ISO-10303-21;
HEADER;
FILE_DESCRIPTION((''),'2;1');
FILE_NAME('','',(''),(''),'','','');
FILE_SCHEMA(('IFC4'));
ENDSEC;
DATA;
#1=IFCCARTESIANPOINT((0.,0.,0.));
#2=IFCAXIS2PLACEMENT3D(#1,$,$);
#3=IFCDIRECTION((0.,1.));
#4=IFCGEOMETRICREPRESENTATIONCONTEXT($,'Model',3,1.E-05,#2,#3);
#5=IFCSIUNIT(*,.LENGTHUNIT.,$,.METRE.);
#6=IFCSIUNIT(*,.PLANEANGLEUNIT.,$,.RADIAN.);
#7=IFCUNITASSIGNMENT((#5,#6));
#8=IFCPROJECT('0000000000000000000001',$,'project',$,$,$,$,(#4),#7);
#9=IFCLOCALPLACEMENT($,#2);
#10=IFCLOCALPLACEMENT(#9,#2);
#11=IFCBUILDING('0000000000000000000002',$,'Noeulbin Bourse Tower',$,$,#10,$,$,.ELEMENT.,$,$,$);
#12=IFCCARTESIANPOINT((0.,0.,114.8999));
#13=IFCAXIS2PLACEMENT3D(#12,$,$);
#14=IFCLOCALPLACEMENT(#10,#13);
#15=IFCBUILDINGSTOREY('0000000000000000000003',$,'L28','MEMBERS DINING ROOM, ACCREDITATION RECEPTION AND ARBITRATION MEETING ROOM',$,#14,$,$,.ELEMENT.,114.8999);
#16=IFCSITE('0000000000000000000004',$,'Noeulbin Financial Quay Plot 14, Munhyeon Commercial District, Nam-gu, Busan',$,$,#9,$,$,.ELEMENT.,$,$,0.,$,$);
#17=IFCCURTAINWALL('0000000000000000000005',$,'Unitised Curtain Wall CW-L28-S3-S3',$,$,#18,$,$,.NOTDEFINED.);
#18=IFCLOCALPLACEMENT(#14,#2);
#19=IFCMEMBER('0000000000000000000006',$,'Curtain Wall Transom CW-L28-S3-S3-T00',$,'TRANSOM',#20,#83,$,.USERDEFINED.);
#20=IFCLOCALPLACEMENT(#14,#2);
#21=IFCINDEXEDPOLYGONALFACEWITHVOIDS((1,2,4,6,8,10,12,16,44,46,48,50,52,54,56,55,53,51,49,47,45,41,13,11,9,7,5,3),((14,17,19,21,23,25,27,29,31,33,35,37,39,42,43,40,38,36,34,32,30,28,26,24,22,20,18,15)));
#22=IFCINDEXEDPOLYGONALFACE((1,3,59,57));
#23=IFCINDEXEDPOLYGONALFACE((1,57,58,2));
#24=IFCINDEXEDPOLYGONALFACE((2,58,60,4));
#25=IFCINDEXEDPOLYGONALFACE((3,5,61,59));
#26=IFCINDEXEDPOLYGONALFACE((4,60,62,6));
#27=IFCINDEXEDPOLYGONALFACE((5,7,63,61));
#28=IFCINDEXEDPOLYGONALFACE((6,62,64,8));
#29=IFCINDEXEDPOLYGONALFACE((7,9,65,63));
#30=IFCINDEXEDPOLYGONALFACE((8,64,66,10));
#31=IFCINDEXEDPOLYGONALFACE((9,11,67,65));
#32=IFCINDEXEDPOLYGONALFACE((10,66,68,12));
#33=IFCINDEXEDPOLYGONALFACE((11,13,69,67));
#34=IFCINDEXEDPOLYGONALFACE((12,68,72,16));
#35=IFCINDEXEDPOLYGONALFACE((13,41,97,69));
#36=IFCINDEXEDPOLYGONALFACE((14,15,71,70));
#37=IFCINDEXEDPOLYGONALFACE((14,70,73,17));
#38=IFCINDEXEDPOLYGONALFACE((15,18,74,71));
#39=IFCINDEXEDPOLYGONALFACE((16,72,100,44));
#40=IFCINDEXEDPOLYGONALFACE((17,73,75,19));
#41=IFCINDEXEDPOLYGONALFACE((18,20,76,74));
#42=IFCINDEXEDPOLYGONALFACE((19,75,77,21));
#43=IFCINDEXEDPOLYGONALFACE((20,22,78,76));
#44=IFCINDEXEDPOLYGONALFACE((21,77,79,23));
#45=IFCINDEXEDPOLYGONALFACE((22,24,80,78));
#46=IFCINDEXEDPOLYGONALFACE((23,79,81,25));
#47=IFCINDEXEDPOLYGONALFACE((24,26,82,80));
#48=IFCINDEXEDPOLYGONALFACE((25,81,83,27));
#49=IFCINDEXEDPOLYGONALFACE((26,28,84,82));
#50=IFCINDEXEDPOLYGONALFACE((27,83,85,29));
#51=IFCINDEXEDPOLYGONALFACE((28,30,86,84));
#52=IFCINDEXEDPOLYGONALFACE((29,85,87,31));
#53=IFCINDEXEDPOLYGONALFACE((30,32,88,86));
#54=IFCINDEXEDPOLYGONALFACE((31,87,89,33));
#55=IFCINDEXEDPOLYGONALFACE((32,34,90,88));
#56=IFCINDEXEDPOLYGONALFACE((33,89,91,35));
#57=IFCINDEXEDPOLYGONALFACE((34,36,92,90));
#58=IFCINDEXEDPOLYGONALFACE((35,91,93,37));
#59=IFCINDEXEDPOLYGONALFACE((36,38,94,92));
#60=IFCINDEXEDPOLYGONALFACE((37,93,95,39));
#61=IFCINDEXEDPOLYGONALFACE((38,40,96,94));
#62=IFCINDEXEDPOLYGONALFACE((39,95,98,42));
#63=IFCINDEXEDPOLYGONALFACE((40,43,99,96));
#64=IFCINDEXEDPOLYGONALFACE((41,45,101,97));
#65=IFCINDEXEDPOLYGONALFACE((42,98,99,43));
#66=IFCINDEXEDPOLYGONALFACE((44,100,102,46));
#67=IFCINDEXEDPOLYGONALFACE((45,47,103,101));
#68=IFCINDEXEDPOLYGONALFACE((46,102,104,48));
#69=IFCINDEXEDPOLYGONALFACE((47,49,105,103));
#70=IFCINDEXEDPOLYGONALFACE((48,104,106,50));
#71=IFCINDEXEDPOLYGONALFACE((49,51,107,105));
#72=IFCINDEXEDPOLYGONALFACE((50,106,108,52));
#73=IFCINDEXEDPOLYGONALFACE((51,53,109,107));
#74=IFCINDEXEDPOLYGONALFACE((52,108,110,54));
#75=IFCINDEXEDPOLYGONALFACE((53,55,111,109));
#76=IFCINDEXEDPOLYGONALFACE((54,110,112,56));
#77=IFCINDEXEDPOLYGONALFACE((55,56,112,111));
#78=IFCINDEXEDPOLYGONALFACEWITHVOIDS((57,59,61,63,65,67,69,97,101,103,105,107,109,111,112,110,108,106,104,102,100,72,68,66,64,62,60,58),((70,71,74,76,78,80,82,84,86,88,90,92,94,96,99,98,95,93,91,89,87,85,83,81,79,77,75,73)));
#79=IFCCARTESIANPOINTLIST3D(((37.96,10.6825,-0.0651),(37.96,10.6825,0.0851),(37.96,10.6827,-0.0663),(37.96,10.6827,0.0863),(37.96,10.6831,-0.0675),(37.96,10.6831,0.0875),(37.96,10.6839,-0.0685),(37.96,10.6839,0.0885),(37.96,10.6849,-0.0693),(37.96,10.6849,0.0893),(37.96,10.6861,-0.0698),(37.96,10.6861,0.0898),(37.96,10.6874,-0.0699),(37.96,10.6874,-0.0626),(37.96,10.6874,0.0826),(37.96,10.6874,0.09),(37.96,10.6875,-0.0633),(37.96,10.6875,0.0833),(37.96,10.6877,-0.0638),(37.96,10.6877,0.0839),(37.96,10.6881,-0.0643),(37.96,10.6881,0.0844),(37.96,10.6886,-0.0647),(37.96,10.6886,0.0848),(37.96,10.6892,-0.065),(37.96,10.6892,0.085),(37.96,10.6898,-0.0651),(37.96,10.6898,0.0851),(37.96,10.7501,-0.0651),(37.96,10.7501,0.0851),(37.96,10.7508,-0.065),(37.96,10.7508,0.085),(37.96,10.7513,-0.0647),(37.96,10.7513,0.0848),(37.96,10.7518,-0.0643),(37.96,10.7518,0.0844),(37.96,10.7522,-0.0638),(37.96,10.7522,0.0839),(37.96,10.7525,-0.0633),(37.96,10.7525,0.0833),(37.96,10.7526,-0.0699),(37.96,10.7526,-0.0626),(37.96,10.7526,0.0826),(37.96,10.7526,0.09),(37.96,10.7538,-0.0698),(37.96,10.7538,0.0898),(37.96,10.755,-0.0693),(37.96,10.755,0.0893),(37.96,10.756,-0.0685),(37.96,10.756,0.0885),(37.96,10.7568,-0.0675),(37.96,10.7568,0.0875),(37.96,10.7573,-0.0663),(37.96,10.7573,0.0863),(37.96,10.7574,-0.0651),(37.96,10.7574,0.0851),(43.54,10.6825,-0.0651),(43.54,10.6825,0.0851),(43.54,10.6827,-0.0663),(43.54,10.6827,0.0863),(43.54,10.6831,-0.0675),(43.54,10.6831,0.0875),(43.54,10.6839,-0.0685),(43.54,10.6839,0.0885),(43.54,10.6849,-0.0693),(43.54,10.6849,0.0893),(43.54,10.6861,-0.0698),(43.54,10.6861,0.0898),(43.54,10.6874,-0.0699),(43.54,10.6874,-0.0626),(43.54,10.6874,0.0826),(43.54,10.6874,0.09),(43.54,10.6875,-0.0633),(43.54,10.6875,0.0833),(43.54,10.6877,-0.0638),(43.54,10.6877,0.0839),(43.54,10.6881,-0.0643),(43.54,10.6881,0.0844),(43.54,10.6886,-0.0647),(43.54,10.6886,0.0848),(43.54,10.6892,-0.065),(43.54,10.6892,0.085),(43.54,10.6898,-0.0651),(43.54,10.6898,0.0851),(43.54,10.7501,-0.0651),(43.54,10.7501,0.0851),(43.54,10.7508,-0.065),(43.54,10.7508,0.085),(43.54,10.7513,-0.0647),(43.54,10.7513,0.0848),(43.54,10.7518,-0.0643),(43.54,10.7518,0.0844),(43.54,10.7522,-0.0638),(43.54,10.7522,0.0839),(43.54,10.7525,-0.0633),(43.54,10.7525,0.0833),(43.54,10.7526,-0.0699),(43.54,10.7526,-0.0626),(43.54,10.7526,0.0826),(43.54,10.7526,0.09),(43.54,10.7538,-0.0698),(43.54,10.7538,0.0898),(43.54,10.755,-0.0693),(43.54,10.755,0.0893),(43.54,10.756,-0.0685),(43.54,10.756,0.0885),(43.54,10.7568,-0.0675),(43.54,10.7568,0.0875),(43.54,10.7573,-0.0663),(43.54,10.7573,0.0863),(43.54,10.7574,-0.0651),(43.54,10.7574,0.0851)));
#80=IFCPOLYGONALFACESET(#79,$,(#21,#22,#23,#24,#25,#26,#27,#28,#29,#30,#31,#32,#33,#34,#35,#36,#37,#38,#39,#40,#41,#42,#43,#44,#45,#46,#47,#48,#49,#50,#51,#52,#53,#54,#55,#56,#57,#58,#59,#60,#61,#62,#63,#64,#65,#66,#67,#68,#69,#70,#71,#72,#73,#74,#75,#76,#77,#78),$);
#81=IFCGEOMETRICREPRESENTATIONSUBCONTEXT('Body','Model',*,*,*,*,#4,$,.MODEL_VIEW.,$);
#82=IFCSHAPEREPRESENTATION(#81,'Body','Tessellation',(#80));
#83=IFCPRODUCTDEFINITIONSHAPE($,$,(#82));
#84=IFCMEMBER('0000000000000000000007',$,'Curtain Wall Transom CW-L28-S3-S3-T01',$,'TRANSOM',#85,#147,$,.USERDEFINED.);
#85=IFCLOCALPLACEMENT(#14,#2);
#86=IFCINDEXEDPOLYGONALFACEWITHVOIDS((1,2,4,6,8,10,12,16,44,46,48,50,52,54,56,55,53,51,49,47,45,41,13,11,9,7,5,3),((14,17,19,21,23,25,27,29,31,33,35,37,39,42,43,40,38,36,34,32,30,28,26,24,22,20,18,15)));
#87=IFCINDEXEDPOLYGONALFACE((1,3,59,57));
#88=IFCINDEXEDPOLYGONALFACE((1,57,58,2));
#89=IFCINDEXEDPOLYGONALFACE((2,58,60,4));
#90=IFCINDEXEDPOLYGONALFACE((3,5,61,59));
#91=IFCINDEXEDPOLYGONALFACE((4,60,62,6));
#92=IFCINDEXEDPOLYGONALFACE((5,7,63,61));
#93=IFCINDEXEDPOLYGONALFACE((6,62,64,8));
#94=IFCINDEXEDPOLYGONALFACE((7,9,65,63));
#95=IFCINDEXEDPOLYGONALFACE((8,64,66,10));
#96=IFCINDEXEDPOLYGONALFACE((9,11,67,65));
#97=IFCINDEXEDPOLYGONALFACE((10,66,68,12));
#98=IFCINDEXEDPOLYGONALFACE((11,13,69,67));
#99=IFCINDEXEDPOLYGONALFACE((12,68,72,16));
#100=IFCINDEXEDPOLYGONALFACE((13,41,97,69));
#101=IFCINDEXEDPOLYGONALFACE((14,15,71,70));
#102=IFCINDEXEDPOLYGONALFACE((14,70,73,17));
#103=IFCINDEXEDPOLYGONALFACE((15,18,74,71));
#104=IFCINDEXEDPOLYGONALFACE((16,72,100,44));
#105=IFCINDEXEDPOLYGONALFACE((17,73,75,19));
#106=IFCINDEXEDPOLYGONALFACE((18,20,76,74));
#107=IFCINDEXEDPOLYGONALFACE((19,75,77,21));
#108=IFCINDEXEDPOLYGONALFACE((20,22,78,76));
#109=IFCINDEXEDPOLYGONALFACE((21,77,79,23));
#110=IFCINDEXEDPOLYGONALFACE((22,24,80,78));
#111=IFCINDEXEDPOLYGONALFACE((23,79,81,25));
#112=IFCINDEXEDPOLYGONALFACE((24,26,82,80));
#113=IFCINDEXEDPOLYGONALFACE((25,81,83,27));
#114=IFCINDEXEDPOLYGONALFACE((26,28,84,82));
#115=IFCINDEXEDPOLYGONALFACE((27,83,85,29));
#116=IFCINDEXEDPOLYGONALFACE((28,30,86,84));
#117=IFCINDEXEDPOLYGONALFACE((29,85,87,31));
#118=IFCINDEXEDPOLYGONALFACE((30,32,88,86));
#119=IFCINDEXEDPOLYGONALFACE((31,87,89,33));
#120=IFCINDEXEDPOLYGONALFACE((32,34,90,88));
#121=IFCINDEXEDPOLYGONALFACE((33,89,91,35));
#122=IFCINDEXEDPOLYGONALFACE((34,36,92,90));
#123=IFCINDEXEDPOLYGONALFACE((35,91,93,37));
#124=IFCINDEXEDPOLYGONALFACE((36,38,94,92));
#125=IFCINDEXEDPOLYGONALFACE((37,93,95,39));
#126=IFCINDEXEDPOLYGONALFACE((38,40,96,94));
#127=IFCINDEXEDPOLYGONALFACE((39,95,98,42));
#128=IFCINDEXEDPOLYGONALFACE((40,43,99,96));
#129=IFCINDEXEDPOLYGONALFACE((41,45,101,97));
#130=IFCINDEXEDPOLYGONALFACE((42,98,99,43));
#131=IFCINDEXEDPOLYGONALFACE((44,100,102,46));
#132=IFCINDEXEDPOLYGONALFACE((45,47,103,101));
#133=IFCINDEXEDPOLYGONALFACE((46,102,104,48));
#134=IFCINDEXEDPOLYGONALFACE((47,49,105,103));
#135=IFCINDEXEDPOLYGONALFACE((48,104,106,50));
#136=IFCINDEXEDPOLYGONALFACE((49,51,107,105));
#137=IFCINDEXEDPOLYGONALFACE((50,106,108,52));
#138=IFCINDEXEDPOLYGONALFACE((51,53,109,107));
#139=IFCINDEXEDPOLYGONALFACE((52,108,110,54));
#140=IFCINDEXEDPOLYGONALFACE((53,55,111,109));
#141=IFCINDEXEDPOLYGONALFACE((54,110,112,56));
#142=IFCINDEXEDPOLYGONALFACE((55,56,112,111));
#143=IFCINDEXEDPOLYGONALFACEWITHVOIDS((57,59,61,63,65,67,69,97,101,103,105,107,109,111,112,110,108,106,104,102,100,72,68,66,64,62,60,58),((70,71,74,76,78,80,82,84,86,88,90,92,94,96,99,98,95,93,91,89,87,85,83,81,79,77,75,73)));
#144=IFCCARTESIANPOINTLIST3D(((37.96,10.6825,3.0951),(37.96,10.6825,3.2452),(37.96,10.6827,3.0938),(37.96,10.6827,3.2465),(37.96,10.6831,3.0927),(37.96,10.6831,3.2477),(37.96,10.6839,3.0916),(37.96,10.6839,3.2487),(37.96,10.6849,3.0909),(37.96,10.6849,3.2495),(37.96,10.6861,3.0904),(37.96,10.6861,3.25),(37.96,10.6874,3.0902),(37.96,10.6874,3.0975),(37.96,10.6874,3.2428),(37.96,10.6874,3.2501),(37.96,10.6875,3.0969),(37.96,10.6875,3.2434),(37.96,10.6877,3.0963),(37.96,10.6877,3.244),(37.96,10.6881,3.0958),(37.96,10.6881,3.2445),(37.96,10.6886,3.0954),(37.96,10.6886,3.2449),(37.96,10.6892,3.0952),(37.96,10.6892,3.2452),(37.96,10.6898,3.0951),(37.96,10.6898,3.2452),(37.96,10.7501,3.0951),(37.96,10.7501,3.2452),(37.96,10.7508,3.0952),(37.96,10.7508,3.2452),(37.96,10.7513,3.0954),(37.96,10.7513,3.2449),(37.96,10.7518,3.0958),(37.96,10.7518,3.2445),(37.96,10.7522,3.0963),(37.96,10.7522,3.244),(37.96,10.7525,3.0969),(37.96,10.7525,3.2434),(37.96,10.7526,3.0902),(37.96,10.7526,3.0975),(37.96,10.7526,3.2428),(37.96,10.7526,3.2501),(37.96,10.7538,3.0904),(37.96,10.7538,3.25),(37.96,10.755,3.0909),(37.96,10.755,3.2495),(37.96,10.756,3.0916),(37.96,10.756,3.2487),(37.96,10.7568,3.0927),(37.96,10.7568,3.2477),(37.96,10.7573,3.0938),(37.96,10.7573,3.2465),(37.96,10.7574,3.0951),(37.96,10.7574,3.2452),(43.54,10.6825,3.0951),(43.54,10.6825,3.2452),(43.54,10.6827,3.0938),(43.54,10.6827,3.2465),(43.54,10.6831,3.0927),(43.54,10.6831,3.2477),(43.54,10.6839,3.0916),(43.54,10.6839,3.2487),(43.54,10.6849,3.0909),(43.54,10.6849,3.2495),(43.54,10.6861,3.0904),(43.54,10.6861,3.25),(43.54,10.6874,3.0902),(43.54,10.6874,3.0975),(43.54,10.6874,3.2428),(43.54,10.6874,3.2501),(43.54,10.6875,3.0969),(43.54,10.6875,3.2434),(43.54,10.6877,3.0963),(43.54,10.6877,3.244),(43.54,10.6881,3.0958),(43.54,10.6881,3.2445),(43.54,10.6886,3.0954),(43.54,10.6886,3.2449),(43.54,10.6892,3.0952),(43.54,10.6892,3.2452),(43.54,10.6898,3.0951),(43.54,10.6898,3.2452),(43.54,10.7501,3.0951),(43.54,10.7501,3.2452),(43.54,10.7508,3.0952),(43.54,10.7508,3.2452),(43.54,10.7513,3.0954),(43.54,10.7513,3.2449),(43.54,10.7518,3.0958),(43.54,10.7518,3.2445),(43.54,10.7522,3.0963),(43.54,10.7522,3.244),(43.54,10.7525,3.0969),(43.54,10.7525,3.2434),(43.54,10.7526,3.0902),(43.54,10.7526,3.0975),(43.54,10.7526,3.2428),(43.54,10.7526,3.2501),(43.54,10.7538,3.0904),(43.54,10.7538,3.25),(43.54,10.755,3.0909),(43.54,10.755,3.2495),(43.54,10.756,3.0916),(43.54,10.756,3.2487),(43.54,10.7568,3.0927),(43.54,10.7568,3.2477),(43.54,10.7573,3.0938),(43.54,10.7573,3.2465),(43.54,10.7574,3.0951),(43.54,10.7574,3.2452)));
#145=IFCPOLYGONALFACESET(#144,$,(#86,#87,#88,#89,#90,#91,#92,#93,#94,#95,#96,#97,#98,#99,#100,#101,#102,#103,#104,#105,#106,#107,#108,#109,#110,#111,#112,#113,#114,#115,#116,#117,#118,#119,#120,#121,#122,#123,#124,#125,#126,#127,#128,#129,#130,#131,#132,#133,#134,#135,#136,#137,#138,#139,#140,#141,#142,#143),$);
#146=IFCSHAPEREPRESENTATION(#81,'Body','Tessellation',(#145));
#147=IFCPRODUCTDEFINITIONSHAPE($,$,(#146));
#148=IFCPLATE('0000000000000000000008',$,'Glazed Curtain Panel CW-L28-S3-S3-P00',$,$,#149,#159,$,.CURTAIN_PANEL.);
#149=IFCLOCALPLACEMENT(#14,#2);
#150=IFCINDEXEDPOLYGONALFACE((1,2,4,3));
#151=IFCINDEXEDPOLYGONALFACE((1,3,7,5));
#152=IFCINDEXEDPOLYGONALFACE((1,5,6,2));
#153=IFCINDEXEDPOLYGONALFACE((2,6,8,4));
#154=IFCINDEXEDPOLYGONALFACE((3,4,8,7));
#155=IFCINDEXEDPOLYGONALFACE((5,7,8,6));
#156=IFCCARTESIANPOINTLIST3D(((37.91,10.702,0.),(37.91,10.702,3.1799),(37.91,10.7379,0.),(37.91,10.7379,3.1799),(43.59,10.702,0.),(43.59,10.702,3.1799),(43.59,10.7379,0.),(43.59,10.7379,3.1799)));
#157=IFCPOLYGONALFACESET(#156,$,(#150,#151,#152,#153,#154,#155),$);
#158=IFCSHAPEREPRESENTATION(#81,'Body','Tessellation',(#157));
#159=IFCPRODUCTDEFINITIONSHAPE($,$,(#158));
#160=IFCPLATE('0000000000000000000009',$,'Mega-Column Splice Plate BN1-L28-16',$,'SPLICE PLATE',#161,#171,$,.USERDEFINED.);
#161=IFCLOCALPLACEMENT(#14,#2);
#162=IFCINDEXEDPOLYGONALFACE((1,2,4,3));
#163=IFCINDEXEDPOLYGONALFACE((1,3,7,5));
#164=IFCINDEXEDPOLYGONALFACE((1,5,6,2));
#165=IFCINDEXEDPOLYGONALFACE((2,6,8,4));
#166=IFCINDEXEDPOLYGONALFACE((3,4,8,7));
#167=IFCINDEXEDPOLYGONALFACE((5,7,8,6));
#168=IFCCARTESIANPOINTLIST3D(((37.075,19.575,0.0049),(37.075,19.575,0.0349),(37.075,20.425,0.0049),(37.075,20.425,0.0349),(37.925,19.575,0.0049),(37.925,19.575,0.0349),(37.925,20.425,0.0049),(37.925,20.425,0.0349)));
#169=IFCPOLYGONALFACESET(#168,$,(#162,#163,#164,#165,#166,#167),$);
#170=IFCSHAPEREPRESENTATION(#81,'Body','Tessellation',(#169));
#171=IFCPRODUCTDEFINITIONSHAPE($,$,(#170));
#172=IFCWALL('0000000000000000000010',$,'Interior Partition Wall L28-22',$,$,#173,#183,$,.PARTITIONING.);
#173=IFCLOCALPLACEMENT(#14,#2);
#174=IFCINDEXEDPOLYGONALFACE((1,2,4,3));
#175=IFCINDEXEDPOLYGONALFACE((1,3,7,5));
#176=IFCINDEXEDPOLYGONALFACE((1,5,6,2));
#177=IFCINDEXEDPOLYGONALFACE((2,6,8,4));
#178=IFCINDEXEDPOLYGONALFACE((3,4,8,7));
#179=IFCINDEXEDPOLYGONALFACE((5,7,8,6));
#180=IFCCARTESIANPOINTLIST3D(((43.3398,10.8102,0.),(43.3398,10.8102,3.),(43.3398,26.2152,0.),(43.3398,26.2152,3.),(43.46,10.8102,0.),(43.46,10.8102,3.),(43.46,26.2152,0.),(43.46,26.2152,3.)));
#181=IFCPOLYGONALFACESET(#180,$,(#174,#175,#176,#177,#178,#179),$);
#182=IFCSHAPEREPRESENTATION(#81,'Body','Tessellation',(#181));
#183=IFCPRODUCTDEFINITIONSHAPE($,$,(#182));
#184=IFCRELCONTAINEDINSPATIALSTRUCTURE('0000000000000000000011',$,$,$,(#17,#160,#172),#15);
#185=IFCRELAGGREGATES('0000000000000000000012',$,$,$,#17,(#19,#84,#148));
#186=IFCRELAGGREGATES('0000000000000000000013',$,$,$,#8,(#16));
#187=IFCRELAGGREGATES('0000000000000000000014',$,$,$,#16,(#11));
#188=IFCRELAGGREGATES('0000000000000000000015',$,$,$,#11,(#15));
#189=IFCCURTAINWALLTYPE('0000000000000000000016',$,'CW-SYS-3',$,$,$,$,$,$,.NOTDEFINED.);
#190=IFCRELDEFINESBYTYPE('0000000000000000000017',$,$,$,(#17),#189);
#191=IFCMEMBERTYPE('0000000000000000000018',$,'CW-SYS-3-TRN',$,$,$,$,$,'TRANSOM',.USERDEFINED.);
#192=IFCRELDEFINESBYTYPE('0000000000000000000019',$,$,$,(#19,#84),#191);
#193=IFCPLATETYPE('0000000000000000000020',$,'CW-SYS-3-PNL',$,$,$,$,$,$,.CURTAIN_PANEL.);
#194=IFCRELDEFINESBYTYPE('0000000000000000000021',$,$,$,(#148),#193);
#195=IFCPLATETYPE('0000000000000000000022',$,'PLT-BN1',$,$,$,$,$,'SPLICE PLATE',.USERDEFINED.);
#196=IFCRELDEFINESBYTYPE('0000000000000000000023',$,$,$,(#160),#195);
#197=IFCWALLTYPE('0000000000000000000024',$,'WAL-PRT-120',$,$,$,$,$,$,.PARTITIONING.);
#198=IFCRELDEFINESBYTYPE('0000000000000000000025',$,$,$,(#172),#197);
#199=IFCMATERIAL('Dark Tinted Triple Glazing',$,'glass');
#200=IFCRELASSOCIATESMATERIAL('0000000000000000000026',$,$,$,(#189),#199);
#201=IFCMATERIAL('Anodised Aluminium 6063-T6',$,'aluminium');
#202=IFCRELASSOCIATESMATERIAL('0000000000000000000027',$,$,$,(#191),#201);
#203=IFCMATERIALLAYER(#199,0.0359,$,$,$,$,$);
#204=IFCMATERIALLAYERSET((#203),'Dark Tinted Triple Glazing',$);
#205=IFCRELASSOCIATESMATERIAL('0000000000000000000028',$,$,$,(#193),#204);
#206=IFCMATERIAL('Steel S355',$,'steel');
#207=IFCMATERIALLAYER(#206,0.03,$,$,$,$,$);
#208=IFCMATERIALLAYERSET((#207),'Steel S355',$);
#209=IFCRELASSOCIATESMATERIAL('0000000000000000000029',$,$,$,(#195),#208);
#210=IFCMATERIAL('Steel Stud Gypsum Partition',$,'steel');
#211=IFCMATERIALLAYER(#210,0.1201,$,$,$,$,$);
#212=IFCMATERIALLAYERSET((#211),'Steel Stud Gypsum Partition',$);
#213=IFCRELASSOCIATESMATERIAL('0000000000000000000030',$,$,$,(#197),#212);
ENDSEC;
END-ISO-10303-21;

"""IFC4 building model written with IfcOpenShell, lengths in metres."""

from ifc_helpers import new_model, si_unit, direction, frame, frame_2d, origin, origin_2d, place, context, subcontext, project, spatial, rectangle, hollow_rectangle, extrude, material, layer, layer_set, material_profile, profile_set, type_object, element, aggregate, save


model = new_model("IFC4")

# Units and contexts
model_context = context("Model", 3, precision=1e-05, world=origin(), true_north=direction((0.0, 1.0)))
body_context = subcontext(model_context, "Body", "Model", "MODEL_VIEW")
ifc_project = project(units=[si_unit("LENGTHUNIT", "METRE"), si_unit("PLANEANGLEUNIT", "RADIAN")], contexts=[model_context])

# Site, building, storey
site_placement = place(None, origin())
site = spatial("IfcSite", under=ifc_project, at=site_placement, Name="Noeulbin Financial Quay Plot 14, Munhyeon Commercial District, Nam-gu, Busan", CompositionType="ELEMENT", RefElevation=0.0)
building_placement = place(site_placement, origin())
building = spatial("IfcBuilding", under=site, at=building_placement, Name="Noeulbin Bourse Tower", CompositionType="ELEMENT")
storey_placement = place(building_placement, frame((0.0, 0.0, 114.8999)))
storey = spatial("IfcBuildingStorey", under=building, at=storey_placement, Name="L28", Description="MEMBERS DINING ROOM, ACCREDITATION RECEPTION AND ARBITRATION MEETING ROOM", CompositionType="ELEMENT", Elevation=114.8999)

# Shared definitions
ifc_material_1 = material(Name="Steel S355", Category="steel")

# Curtain wall, members, plate
ifc_material_2 = material(Name="Dark Tinted Triple Glazing", Category="glass")
curtain_wall_type = type_object("IfcCurtainWallType", Name="CW-SYS-3", PredefinedType="NOTDEFINED", material=ifc_material_2)
curtain_wall_placement = place(storey_placement, origin())
curtain_wall = element("IfcCurtainWall", 1, at=curtain_wall_placement, inside=storey, type_object=curtain_wall_type, Name="Unitised Curtain Wall CW-L28-S3-S3", PredefinedType="NOTDEFINED")
ifc_material_3 = material(Name="Anodised Aluminium 6063-T6", Category="aluminium")
ifc_material_profile_1 = material_profile(ifc_material_3, hollow_rectangle(XDim=0.075, YDim=0.1599, WallThickness=0.0049, InnerFilletRadius=0.0024, OuterFilletRadius=0.0049, at=origin_2d()), Name="ALU-TRAN-75x160x5", Category="LoadBearing")
ifc_profile_set_1 = profile_set([ifc_material_profile_1], Name="Anodised Aluminium 6063-T6")
member_type_1 = type_object("IfcMemberType", Name="CW-SYS-3-TRN", ElementType="TRANSOM", PredefinedType="USERDEFINED", material=ifc_profile_set_1)
member_1_placement = place(storey_placement, frame((37.96, 10.72, 0.01), z_axis=(1.0, 0.0, 0.0), x_axis=(0.0, 1.0, 0.0)))
member_1 = element("IfcMember", 2, at=member_1_placement, type_object=member_type_1, Name="Curtain Wall Transom CW-L28-S3-S3-T00", ObjectType="TRANSOM", PredefinedType="USERDEFINED", context=body_context, shape_type="SweptSolid", body=[
    extrude(hollow_rectangle(XDim=0.075, YDim=0.1599, WallThickness=0.0049, InnerFilletRadius=0.0024, OuterFilletRadius=0.0049, at=origin_2d()), origin(), (0.0, 0.0, 1.0), 5.5801),
])
member_2_placement = place(storey_placement, frame((37.96, 10.72, 3.1702), z_axis=(1.0, 0.0, 0.0), x_axis=(0.0, 1.0, 0.0)))
member_2 = element("IfcMember", 3, at=member_2_placement, type_object=member_type_1, Name="Curtain Wall Transom CW-L28-S3-S3-T01", ObjectType="TRANSOM", PredefinedType="USERDEFINED", context=body_context, shape_type="SweptSolid", body=[
    extrude(hollow_rectangle(XDim=0.075, YDim=0.1599, WallThickness=0.0049, InnerFilletRadius=0.0024, OuterFilletRadius=0.0049, at=origin_2d()), origin(), (0.0, 0.0, 1.0), 5.5801),
])
ifc_layer_1 = layer(ifc_material_2, 0.0359)
ifc_layer_set_1 = layer_set([ifc_layer_1], Name="Dark Tinted Triple Glazing")
plate_type_1 = type_object("IfcPlateType", Name="CW-SYS-3-PNL", PredefinedType="CURTAIN_PANEL", material=ifc_layer_set_1)
plate_1_placement = place(storey_placement, frame((40.75, 10.72, 0.0), z_axis=(0.0, 0.0, 1.0), x_axis=(1.0, 0.0, 0.0)))
plate_1 = element("IfcPlate", 4, at=plate_1_placement, type_object=plate_type_1, Name="Glazed Curtain Panel CW-L28-S3-S3-P00", PredefinedType="CURTAIN_PANEL", context=body_context, shape_type="SweptSolid", body=[
    extrude(rectangle(XDim=5.6799, YDim=0.0359, at=origin_2d()), origin(), (0.0, 0.0, 1.0), 3.1799),
])
aggregate(curtain_wall, [member_1, member_2, plate_1])

# Plate
ifc_layer_2 = layer(ifc_material_1, 0.03)
ifc_layer_set_2 = layer_set([ifc_layer_2], Name="Steel S355")
plate_type_2 = type_object("IfcPlateType", Name="PLT-BN1", ElementType="SPLICE PLATE", PredefinedType="USERDEFINED", material=ifc_layer_set_2)
plate_2_placement = place(storey_placement, frame((37.5, 20.0, 0.0049), z_axis=(0.0, 0.0, 1.0), x_axis=(1.0, 0.0, 0.0)))
element("IfcPlate", 5, at=plate_2_placement, inside=storey, type_object=plate_type_2, Name="Mega-Column Splice Plate BN1-L28-16", ObjectType="SPLICE PLATE", PredefinedType="USERDEFINED", context=body_context, shape_type="SweptSolid", body=[
    extrude(rectangle(XDim=0.8501, YDim=0.8501, at=origin_2d()), origin(), (0.0, 0.0, 1.0), 0.03),
])

# Wall
ifc_material_4 = material(Name="Steel Stud Gypsum Partition", Category="steel")
ifc_layer_3 = layer(ifc_material_4, 0.1201)
ifc_layer_set_3 = layer_set([ifc_layer_3], Name="Steel Stud Gypsum Partition")
wall_type = type_object("IfcWallType", Name="WAL-PRT-120", PredefinedType="PARTITIONING", material=ifc_layer_set_3)
wall_placement = place(storey_placement, frame((43.3999, 10.8101, 0.0), z_axis=(0.0, 0.0, 1.0), x_axis=(0.0, 1.0, 0.0)))
element("IfcWall", 6, at=wall_placement, inside=storey, type_object=wall_type, Name="Interior Partition Wall L28-22", PredefinedType="PARTITIONING", context=body_context, shape_type="SweptSolid", body=[
    extrude(rectangle(XDim=15.405, YDim=0.1201, at=frame_2d((7.7026, 0.0))), origin(), (0.0, 0.0, 1.0), 3.0),
])

save(model, "model.ifc")
